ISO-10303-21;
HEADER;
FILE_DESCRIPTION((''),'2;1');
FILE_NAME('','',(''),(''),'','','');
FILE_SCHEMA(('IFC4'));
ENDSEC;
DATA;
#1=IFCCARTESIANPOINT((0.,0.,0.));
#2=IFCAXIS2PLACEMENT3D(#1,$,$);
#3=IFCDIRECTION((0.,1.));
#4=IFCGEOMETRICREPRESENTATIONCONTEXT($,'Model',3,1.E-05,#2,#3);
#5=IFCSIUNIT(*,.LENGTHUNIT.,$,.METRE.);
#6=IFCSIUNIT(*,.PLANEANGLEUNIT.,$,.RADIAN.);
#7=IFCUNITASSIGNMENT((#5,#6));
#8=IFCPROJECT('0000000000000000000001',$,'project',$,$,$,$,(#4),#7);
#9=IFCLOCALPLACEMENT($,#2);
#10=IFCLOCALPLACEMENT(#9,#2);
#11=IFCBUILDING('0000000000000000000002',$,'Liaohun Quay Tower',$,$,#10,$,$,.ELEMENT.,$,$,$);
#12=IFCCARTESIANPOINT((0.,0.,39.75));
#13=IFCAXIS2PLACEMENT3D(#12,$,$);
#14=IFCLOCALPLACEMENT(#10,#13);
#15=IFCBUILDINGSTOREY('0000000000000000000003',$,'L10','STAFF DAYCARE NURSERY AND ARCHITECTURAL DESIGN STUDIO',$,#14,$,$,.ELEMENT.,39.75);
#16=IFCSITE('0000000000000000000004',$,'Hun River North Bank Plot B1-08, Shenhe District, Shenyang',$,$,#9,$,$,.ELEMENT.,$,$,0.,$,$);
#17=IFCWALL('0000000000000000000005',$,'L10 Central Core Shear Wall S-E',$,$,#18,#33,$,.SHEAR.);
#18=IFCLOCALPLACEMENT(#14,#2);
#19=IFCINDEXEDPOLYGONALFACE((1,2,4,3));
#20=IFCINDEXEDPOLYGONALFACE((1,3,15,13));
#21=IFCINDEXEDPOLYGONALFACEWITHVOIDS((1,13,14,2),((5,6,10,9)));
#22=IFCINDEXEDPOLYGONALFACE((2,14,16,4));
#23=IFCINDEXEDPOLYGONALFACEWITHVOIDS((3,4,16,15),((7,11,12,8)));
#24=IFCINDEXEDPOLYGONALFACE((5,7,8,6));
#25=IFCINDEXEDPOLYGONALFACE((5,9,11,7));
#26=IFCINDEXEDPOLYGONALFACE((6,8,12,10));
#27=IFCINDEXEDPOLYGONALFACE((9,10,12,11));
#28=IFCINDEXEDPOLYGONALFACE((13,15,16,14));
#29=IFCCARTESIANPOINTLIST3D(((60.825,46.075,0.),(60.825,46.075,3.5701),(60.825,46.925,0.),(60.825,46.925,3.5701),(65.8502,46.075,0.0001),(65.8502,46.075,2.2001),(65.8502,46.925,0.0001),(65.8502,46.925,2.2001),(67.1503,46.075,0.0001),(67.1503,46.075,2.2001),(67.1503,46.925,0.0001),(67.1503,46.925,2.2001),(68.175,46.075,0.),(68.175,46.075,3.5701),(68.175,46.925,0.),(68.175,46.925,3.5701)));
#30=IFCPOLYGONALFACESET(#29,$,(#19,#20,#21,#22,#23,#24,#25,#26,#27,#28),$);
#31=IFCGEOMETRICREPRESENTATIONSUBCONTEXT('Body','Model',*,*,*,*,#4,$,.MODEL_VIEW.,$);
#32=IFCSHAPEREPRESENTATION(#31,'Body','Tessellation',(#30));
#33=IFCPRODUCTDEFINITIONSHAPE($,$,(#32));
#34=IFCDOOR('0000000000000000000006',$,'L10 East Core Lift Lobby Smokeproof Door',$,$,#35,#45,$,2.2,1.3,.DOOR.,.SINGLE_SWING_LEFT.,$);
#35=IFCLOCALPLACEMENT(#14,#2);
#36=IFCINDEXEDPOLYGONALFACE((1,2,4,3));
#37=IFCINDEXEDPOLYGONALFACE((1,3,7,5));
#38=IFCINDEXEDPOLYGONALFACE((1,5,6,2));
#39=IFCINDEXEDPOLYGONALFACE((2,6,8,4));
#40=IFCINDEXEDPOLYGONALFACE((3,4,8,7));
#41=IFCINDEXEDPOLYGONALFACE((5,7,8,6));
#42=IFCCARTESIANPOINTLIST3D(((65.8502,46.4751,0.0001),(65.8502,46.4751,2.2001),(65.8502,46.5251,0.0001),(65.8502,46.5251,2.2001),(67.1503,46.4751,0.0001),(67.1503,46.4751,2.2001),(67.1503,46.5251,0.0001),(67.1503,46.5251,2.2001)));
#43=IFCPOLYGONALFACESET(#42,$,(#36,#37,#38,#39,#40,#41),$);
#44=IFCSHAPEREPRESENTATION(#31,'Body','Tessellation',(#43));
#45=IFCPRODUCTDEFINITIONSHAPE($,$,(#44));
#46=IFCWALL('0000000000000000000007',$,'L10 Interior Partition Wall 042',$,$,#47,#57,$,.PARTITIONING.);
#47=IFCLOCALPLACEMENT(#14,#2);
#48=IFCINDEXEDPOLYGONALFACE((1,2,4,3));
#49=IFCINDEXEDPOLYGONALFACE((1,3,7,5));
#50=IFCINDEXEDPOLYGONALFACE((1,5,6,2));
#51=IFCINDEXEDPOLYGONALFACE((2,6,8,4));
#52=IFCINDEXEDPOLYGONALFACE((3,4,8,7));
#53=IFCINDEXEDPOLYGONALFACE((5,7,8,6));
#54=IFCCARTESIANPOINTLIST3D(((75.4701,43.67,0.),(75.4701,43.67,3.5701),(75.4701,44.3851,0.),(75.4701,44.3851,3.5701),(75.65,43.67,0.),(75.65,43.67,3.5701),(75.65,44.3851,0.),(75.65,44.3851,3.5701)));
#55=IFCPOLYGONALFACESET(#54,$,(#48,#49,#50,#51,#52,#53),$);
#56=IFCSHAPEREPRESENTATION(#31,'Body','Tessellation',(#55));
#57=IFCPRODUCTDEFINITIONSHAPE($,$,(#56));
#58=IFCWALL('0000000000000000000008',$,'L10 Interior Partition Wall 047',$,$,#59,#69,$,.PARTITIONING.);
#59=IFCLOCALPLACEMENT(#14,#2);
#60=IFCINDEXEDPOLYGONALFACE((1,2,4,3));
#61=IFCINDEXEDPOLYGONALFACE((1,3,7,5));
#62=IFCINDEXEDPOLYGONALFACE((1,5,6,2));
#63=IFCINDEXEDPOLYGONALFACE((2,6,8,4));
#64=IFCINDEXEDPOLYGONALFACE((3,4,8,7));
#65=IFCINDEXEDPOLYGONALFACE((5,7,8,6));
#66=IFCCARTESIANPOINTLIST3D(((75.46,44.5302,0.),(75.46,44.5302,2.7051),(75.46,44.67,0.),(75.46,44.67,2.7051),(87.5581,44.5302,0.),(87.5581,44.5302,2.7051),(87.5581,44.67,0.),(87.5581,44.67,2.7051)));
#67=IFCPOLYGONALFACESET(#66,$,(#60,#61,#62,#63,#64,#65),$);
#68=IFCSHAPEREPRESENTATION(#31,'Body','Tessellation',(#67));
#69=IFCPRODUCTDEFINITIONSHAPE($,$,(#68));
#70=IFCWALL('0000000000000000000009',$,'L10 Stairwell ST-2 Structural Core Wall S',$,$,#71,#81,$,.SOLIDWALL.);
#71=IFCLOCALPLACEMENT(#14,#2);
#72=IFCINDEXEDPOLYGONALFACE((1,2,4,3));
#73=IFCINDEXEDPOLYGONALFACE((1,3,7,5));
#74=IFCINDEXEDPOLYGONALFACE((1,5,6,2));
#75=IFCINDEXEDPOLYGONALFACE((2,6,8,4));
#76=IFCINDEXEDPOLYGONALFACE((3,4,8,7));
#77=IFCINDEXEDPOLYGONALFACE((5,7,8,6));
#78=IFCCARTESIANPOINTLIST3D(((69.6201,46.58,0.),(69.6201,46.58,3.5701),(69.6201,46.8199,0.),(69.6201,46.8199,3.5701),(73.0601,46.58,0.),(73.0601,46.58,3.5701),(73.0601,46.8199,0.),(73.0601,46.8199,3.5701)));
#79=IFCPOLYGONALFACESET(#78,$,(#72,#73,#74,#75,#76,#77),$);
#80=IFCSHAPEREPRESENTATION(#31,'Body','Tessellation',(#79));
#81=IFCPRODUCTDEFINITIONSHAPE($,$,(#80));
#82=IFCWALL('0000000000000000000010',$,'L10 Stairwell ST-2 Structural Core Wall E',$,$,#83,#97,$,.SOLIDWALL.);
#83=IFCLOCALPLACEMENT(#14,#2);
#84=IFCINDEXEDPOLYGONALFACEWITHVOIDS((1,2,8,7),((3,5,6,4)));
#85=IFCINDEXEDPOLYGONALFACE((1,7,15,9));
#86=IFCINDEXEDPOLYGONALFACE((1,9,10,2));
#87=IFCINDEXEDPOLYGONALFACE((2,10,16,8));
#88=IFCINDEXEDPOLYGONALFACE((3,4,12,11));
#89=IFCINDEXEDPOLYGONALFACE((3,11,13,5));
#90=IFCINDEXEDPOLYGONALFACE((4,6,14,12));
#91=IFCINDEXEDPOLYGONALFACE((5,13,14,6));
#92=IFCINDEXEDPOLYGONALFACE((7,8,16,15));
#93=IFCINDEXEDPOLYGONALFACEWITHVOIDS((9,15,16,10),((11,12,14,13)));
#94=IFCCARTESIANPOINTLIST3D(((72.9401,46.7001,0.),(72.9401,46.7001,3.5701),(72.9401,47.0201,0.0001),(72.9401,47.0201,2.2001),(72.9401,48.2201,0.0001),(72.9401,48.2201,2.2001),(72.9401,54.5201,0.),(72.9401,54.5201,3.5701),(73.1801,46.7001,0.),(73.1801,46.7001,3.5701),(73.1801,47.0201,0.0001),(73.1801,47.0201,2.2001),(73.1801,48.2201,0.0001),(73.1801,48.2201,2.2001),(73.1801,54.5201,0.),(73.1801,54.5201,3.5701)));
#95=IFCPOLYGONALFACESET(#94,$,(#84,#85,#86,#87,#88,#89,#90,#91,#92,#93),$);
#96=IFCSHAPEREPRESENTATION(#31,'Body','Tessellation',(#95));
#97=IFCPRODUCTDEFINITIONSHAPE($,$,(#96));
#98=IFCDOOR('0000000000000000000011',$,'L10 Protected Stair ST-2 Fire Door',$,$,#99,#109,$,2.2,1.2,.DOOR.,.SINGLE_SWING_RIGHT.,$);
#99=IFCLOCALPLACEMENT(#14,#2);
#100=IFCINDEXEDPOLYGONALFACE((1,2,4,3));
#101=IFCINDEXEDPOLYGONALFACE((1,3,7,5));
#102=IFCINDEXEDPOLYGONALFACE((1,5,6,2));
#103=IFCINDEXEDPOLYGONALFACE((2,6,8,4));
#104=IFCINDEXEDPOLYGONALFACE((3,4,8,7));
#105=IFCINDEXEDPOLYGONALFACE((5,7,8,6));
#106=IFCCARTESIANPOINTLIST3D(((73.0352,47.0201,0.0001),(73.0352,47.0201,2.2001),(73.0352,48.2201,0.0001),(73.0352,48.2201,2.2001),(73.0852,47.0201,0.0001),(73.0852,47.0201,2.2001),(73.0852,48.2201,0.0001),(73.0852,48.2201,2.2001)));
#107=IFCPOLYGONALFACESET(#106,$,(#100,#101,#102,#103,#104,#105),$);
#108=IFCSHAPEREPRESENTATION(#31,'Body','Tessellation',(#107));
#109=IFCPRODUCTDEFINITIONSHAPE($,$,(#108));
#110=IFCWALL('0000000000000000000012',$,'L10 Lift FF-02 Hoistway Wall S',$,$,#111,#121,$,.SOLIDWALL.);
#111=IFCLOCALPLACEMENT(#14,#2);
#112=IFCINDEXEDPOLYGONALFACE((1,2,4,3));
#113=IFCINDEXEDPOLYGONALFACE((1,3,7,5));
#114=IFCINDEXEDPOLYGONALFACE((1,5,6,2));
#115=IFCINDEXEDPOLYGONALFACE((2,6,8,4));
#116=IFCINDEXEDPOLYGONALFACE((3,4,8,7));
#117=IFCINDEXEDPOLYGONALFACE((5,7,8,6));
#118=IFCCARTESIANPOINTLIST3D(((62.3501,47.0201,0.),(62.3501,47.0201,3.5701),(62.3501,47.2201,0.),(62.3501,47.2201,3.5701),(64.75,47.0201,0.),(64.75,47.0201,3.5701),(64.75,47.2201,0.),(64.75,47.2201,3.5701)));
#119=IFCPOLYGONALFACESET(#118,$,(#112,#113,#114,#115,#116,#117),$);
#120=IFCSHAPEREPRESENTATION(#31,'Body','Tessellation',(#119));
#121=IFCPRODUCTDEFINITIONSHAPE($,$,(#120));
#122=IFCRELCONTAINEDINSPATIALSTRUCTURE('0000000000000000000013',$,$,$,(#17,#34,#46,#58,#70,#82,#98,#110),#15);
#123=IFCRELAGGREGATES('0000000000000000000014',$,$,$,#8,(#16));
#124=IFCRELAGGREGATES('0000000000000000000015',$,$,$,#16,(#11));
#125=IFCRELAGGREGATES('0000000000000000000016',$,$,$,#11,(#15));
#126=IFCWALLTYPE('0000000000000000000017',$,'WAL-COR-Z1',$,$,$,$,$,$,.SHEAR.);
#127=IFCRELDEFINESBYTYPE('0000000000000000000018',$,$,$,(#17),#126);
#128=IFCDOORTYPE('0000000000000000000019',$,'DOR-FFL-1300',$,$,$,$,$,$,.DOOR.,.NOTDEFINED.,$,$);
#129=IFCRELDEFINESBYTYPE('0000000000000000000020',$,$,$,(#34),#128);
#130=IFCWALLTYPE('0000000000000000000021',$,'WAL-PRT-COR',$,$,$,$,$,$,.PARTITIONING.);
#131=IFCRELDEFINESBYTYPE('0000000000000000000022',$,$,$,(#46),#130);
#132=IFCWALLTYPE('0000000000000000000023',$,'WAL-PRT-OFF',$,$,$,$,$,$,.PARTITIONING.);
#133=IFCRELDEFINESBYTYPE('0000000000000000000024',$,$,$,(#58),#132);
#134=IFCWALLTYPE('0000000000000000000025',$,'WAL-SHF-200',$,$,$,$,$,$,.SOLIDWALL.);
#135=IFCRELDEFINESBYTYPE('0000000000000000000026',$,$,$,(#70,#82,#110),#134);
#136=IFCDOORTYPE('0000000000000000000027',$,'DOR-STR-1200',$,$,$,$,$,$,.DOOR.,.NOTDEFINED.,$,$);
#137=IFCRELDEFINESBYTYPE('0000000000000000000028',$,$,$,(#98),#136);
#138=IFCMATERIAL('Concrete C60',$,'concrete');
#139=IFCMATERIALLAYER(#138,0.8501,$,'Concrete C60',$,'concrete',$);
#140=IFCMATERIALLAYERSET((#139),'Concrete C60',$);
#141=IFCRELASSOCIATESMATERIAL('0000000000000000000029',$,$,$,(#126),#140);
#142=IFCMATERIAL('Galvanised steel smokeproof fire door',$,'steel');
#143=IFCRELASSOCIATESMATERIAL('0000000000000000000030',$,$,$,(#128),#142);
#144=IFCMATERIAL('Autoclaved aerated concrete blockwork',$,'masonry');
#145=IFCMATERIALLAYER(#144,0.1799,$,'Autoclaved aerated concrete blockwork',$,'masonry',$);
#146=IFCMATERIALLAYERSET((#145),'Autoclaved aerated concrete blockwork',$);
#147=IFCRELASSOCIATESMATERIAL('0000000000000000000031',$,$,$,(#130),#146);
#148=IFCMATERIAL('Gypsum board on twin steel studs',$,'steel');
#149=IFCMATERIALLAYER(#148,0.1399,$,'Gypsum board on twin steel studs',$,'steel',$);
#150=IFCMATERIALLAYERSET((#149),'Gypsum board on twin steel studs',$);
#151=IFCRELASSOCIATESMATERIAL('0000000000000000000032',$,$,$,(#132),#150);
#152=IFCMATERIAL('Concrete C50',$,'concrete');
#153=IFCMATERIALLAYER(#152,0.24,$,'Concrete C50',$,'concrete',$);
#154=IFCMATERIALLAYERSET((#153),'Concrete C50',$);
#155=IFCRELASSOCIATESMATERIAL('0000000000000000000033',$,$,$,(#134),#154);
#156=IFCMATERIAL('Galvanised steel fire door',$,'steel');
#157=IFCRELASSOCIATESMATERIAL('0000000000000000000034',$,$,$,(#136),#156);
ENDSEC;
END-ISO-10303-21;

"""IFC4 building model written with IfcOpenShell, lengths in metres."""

from ifc_helpers import new_model, si_unit, direction, frame, frame_2d, origin, place, context, subcontext, project, spatial, rectangle, extrude, source, transform, mapped, material, layer, layer_set, type_object, element, fill, save


model = new_model("IFC4")

# Units and contexts
model_context = context("Model", 3, precision=1e-05, world=origin(), true_north=direction((0.0, 1.0)))
body_context = subcontext(model_context, "Body", "Model", "MODEL_VIEW")
ifc_project = project(units=[si_unit("LENGTHUNIT", "METRE"), si_unit("PLANEANGLEUNIT", "RADIAN")], contexts=[model_context])

# Site, building, storey
site_placement = place(None, origin())
site = spatial("IfcSite", under=ifc_project, at=site_placement, Name="Hun River North Bank Plot B1-08, Shenhe District, Shenyang", CompositionType="ELEMENT", RefElevation=0.0)
building_placement = place(site_placement, origin())
building = spatial("IfcBuilding", under=site, at=building_placement, Name="Liaohun Quay Tower", CompositionType="ELEMENT")
storey_placement = place(building_placement, frame((0.0, 0.0, 39.75)))
storey = spatial("IfcBuildingStorey", under=building, at=storey_placement, Name="L10", Description="STAFF DAYCARE NURSERY AND ARCHITECTURAL DESIGN STUDIO", CompositionType="ELEMENT", Elevation=39.75)

# Shared definitions
ifc_material_1 = material(Name="Concrete C60", Category="concrete")

# Wall, opening, door
ifc_layer_1 = layer(ifc_material_1, 0.8501, Name="Concrete C60", Category="concrete")
ifc_layer_set_1 = layer_set([ifc_layer_1], Name="Concrete C60")
wall_type_1 = type_object("IfcWallType", Name="WAL-COR-Z1", PredefinedType="SHEAR", material=ifc_layer_set_1)
wall_1_placement = place(storey_placement, frame((68.175, 46.5, 0.0), z_axis=(0.0, 0.0, 1.0), x_axis=(-1.0, 0.0, 0.0)))
wall_1 = element("IfcWall", 1, at=wall_1_placement, inside=storey, type_object=wall_type_1, Name="L10 Central Core Shear Wall S-E", PredefinedType="SHEAR", context=body_context, shape_type="SweptSolid", body=[
    extrude(rectangle(XDim=7.3501, YDim=0.8501, at=frame_2d((3.675, 0.0))), origin(), (0.0, 0.0, 1.0), 3.5701),
])
shared_shape_1 = source(origin(), body_context, "Body", "SweptSolid", [
    extrude(rectangle(XDim=1.3, YDim=2.2, at=frame_2d((0.6499, 1.1001))), frame((0.0, 0.4351, 0.0), z_axis=(0.0, -1.0, 0.0), x_axis=(1.0, 0.0, 0.0)), (0.0, 0.0, 1.0), 0.8701),
])
opening_1_placement = place(wall_1_placement, frame((1.0249, 0.0, 0.0)))
opening_1 = element("IfcOpeningElement", 2, at=opening_1_placement, cuts=wall_1, PredefinedType="OPENING", context=body_context, shape_type="MappedRepresentation", body=[
    mapped(shared_shape_1, transform((0.0, 0.0, 0.0), x_axis=(1.0, 0.0, 0.0), y_axis=(0.0, 1.0, 0.0), z_axis=(0.0, 0.0, 1.0), scale=1.0)),
])
ifc_material_2 = material(Name="Galvanised steel smokeproof fire door", Category="steel")
door_type_1 = type_object("IfcDoorType", Name="DOR-FFL-1300", OperationType="NOTDEFINED", PredefinedType="DOOR", material=ifc_material_2)
shared_shape_2 = source(origin(), body_context, "Body", "SweptSolid", [
    extrude(rectangle(XDim=1.3, YDim=2.2, at=frame_2d((0.6499, 1.1001))), frame((0.0, 0.0249, 0.0), z_axis=(0.0, -1.0, 0.0), x_axis=(1.0, 0.0, 0.0)), (0.0, 0.0, 1.0), 0.05),
])
door_1_placement = place(opening_1_placement, origin())
door_1 = element("IfcDoor", 3, at=door_1_placement, inside=storey, type_object=door_type_1, Name="L10 East Core Lift Lobby Smokeproof Door", OperationType="SINGLE_SWING_LEFT", OverallHeight=2.2, OverallWidth=1.3, PredefinedType="DOOR", context=body_context, shape_type="MappedRepresentation", body=[
    mapped(shared_shape_2, transform((0.0, 0.0, 0.0), x_axis=(1.0, 0.0, 0.0), y_axis=(0.0, 1.0, 0.0), z_axis=(0.0, 0.0, 1.0), scale=1.0)),
])
fill(opening_1, door_1)

# Walls
ifc_material_3 = material(Name="Autoclaved aerated concrete blockwork", Category="masonry")
ifc_layer_2 = layer(ifc_material_3, 0.1799, Name="Autoclaved aerated concrete blockwork", Category="masonry")
ifc_layer_set_2 = layer_set([ifc_layer_2], Name="Autoclaved aerated concrete blockwork")
wall_type_2 = type_object("IfcWallType", Name="WAL-PRT-COR", PredefinedType="PARTITIONING", material=ifc_layer_set_2)
wall_2_placement = place(storey_placement, frame((75.5601, 44.385, 0.0), z_axis=(0.0, 0.0, 1.0), x_axis=(0.0, -1.0, 0.0)))
element("IfcWall", 4, at=wall_2_placement, inside=storey, type_object=wall_type_2, Name="L10 Interior Partition Wall 042", PredefinedType="PARTITIONING", context=body_context, shape_type="SweptSolid", body=[
    extrude(rectangle(XDim=0.7151, YDim=0.1799, at=frame_2d((0.3574, 0.0))), origin(), (0.0, 0.0, 1.0), 3.5701),
])
ifc_material_4 = material(Name="Gypsum board on twin steel studs", Category="steel")
ifc_layer_3 = layer(ifc_material_4, 0.1399, Name="Gypsum board on twin steel studs", Category="steel")
ifc_layer_set_3 = layer_set([ifc_layer_3], Name="Gypsum board on twin steel studs")
wall_type_3 = type_object("IfcWallType", Name="WAL-PRT-OFF", PredefinedType="PARTITIONING", material=ifc_layer_set_3)
wall_3_placement = place(storey_placement, frame((75.46, 44.6001, 0.0), z_axis=(0.0, 0.0, 1.0), x_axis=(1.0, 0.0, 0.0)))
element("IfcWall", 5, at=wall_3_placement, inside=storey, type_object=wall_type_3, Name="L10 Interior Partition Wall 047", PredefinedType="PARTITIONING", context=body_context, shape_type="SweptSolid", body=[
    extrude(rectangle(XDim=12.0981, YDim=0.1399, at=frame_2d((6.0491, 0.0))), origin(), (0.0, 0.0, 1.0), 2.7051),
])
ifc_material_5 = material(Name="Concrete C50", Category="concrete")
ifc_layer_4 = layer(ifc_material_5, 0.24, Name="Concrete C50", Category="concrete")
ifc_layer_set_4 = layer_set([ifc_layer_4], Name="Concrete C50")
wall_type_4 = type_object("IfcWallType", Name="WAL-SHF-200", PredefinedType="SOLIDWALL", material=ifc_layer_set_4)
wall_4_placement = place(storey_placement, frame((69.6201, 46.7, 0.0), z_axis=(0.0, 0.0, 1.0), x_axis=(1.0, 0.0, 0.0)))
element("IfcWall", 6, at=wall_4_placement, inside=storey, type_object=wall_type_4, Name="L10 Stairwell ST-2 Structural Core Wall S", PredefinedType="SOLIDWALL", context=body_context, shape_type="SweptSolid", body=[
    extrude(rectangle(XDim=3.4399, YDim=0.24, at=frame_2d((1.72, 0.0))), origin(), (0.0, 0.0, 1.0), 3.5701),
])

# Wall, opening, door
wall_5_placement = place(storey_placement, frame((73.0601, 46.7, 0.0), z_axis=(0.0, 0.0, 1.0), x_axis=(0.0, 1.0, 0.0)))
wall_5 = element("IfcWall", 7, at=wall_5_placement, inside=storey, type_object=wall_type_4, Name="L10 Stairwell ST-2 Structural Core Wall E", PredefinedType="SOLIDWALL", context=body_context, shape_type="SweptSolid", body=[
    extrude(rectangle(XDim=7.8201, YDim=0.24, at=frame_2d((3.9102, 0.0))), origin(), (0.0, 0.0, 1.0), 3.5701),
])
shared_shape_3 = source(origin(), body_context, "Body", "SweptSolid", [
    extrude(rectangle(XDim=1.2, YDim=2.2, at=frame_2d((0.6001, 1.1001))), frame((0.0, 0.1299, 0.0), z_axis=(0.0, -1.0, 0.0), x_axis=(1.0, 0.0, 0.0)), (0.0, 0.0, 1.0), 0.26),
])
opening_2_placement = place(wall_5_placement, frame((0.3201, 0.0, 0.0)))
opening_2 = element("IfcOpeningElement", 8, at=opening_2_placement, cuts=wall_5, PredefinedType="OPENING", context=body_context, shape_type="MappedRepresentation", body=[
    mapped(shared_shape_3, transform((0.0, 0.0, 0.0), x_axis=(1.0, 0.0, 0.0), y_axis=(0.0, 1.0, 0.0), z_axis=(0.0, 0.0, 1.0), scale=1.0)),
])
ifc_material_6 = material(Name="Galvanised steel fire door", Category="steel")
door_type_2 = type_object("IfcDoorType", Name="DOR-STR-1200", OperationType="NOTDEFINED", PredefinedType="DOOR", material=ifc_material_6)
shared_shape_4 = source(origin(), body_context, "Body", "SweptSolid", [
    extrude(rectangle(XDim=1.2, YDim=2.2, at=frame_2d((0.6001, 1.1001))), frame((0.0, 0.0249, 0.0), z_axis=(0.0, -1.0, 0.0), x_axis=(1.0, 0.0, 0.0)), (0.0, 0.0, 1.0), 0.05),
])
door_2_placement = place(opening_2_placement, origin())
door_2 = element("IfcDoor", 9, at=door_2_placement, inside=storey, type_object=door_type_2, Name="L10 Protected Stair ST-2 Fire Door", OperationType="SINGLE_SWING_RIGHT", OverallHeight=2.2, OverallWidth=1.2, PredefinedType="DOOR", context=body_context, shape_type="MappedRepresentation", body=[
    mapped(shared_shape_4, transform((0.0, 0.0, 0.0), x_axis=(1.0, 0.0, 0.0), y_axis=(0.0, 1.0, 0.0), z_axis=(0.0, 0.0, 1.0), scale=1.0)),
])
fill(opening_2, door_2)

# Wall
wall_6_placement = place(storey_placement, frame((62.3501, 47.1201, 0.0), z_axis=(0.0, 0.0, 1.0), x_axis=(1.0, 0.0, 0.0)))
element("IfcWall", 10, at=wall_6_placement, inside=storey, type_object=wall_type_4, Name="L10 Lift FF-02 Hoistway Wall S", PredefinedType="SOLIDWALL", context=body_context, shape_type="SweptSolid", body=[
    extrude(rectangle(XDim=2.3999, YDim=0.2, at=frame_2d((1.2, 0.0))), origin(), (0.0, 0.0, 1.0), 3.5701),
])

save(model, "model.ifc")
